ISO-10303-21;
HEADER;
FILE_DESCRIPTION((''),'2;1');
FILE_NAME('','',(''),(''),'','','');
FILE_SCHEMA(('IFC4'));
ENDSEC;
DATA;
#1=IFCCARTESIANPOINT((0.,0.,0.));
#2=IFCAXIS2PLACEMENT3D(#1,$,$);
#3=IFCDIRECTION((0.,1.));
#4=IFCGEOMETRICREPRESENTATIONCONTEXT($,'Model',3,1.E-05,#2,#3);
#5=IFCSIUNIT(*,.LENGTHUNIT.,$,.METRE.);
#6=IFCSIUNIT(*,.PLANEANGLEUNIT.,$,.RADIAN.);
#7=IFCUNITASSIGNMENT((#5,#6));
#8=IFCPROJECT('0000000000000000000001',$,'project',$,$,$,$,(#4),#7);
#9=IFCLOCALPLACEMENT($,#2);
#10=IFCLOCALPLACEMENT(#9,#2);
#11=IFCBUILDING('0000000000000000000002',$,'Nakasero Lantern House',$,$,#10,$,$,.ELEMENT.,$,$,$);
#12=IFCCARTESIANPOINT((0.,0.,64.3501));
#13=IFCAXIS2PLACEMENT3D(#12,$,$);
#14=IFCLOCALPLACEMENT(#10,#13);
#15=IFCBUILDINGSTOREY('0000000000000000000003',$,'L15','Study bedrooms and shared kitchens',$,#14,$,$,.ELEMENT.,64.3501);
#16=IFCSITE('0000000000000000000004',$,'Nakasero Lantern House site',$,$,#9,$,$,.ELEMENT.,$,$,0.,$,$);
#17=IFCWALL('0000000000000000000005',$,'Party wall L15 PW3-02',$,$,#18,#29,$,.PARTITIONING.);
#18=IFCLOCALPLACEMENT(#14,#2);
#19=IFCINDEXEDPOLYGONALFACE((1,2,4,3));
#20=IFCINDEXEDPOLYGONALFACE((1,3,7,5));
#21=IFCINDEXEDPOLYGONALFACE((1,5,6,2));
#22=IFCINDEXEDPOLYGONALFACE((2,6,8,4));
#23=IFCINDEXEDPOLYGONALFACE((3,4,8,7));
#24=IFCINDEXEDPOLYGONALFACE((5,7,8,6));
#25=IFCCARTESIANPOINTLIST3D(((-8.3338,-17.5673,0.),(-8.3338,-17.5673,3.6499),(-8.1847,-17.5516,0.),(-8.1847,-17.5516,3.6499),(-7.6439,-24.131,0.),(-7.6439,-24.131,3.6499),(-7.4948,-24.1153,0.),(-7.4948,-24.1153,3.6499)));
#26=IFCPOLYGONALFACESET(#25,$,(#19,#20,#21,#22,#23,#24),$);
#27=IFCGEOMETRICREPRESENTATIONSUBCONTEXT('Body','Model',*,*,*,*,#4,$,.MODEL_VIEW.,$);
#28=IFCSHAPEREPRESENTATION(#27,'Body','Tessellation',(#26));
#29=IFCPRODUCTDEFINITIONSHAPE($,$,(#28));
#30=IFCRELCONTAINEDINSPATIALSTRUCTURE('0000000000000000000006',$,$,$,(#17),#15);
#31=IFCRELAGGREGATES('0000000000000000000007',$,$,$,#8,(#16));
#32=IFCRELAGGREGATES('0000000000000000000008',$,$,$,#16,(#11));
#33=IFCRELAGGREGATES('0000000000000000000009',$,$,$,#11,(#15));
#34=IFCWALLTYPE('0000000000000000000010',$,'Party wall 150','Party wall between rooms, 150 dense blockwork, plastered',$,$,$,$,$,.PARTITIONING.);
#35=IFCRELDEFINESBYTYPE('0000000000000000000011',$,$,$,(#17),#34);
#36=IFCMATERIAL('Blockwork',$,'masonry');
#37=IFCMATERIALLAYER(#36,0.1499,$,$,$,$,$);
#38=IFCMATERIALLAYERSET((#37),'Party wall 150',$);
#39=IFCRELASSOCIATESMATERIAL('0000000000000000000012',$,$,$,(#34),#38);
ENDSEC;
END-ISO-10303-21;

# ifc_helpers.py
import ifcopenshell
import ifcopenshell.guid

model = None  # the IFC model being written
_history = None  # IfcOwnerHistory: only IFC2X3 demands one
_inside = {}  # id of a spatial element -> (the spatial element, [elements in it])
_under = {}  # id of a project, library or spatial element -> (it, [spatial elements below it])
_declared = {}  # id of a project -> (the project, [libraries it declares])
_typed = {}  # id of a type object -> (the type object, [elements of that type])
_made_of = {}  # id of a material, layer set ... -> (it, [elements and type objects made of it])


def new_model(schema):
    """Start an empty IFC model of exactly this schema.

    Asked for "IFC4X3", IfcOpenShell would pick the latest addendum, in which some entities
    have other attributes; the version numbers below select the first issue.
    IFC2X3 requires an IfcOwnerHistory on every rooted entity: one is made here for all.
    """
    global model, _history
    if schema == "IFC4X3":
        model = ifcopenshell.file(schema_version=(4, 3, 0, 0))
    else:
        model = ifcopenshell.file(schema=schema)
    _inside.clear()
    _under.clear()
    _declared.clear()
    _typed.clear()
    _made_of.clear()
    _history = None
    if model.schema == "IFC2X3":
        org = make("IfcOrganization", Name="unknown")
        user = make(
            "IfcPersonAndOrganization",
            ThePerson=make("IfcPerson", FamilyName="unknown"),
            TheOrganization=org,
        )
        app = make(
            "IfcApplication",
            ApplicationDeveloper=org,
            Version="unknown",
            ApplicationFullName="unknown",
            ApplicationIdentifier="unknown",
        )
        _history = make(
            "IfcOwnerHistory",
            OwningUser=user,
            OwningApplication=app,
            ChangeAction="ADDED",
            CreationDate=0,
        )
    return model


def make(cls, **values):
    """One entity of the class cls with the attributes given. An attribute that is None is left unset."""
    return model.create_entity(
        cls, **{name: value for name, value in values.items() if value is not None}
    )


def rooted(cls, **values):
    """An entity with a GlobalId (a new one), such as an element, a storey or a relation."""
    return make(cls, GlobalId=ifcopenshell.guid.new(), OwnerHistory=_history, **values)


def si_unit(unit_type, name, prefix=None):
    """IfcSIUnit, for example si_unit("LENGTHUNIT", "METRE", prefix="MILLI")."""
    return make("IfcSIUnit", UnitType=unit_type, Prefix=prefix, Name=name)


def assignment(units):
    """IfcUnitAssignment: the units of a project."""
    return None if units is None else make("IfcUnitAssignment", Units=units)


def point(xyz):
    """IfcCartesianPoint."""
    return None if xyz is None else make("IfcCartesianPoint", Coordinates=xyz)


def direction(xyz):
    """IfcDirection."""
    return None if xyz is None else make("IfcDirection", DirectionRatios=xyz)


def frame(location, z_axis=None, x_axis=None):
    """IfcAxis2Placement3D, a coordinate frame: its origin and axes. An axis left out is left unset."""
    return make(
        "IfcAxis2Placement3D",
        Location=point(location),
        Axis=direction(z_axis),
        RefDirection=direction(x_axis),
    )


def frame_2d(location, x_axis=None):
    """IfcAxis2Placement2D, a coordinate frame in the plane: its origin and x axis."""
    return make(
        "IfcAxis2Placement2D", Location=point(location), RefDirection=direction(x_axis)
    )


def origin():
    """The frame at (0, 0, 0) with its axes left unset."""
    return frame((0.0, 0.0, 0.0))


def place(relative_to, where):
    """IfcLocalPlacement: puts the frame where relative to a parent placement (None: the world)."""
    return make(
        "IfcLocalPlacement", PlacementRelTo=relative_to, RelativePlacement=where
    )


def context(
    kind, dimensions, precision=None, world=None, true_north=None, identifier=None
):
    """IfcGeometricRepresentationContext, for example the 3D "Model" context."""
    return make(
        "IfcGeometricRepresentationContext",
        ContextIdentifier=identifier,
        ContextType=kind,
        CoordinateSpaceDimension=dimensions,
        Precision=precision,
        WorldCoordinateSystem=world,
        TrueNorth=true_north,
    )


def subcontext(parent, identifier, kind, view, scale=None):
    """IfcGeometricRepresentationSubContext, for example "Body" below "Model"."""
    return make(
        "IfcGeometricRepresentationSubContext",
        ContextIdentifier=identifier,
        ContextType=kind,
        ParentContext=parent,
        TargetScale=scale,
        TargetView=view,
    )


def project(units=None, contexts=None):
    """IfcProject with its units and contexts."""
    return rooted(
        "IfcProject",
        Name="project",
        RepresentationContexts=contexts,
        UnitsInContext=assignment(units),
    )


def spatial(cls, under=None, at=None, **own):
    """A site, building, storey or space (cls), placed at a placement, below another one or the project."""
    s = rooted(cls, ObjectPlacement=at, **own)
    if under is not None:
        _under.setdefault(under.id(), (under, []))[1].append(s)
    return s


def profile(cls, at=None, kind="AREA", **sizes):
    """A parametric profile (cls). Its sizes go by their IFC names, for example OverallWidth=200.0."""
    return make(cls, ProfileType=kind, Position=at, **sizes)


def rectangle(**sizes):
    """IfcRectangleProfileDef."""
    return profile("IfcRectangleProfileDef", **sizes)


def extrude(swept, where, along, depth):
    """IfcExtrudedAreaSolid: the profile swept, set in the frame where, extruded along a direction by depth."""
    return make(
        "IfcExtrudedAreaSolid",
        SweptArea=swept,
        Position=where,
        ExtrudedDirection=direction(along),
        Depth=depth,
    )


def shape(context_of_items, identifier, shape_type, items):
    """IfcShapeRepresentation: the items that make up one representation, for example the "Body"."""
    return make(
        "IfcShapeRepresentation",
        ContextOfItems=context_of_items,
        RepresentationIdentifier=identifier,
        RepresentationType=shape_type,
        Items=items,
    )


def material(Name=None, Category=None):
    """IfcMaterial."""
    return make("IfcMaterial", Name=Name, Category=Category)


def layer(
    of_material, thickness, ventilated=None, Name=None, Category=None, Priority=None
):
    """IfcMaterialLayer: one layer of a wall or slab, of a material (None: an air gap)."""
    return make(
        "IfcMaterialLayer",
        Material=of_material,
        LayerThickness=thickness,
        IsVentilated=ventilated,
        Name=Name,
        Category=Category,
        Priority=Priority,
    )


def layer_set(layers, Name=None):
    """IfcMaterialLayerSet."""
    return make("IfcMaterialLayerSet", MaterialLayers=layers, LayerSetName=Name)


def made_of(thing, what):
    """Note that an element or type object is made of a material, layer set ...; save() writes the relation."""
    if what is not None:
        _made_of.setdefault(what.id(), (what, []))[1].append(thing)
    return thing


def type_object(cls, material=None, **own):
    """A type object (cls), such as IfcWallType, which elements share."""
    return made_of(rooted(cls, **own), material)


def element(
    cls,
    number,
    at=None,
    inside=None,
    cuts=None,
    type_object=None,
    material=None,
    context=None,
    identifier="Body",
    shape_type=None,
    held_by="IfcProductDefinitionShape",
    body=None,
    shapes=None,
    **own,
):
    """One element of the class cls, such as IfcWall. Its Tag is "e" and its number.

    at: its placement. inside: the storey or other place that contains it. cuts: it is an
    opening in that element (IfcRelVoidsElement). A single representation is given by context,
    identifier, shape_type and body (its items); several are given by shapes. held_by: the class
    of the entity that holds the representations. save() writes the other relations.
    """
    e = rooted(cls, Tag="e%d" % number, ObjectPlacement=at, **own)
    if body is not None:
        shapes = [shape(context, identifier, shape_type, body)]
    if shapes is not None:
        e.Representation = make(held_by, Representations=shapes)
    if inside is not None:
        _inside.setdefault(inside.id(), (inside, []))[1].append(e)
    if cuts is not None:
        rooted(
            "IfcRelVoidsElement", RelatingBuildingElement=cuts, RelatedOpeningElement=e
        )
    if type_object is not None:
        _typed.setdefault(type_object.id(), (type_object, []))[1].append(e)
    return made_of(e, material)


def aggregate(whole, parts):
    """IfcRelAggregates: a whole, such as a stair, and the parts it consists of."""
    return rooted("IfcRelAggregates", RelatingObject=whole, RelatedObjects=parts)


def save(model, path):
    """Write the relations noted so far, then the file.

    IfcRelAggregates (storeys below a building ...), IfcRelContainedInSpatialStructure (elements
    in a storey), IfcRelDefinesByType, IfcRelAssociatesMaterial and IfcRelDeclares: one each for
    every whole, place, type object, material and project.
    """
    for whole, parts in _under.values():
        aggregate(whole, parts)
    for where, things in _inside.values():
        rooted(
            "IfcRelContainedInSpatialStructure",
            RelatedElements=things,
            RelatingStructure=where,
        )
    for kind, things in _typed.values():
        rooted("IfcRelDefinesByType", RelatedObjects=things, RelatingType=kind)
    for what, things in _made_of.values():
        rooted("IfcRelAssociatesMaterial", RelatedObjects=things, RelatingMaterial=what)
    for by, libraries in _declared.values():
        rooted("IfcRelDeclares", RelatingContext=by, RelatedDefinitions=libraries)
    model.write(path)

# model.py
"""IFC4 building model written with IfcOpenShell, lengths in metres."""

from ifc_helpers import new_model, si_unit, direction, frame, frame_2d, origin, place, context, subcontext, project, spatial, rectangle, extrude, material, layer, layer_set, type_object, element, save


model = new_model("IFC4")

# Units and contexts
model_context = context("Model", 3, precision=1e-05, world=origin(), true_north=direction((0.0, 1.0)))
body_context = subcontext(model_context, "Body", "Model", "MODEL_VIEW")
ifc_project = project(units=[si_unit("LENGTHUNIT", "METRE"), si_unit("PLANEANGLEUNIT", "RADIAN")], contexts=[model_context])

# Site, building, storey
site_placement = place(None, origin())
site = spatial("IfcSite", under=ifc_project, at=site_placement, Name="Nakasero Lantern House site", CompositionType="ELEMENT", RefElevation=0.0)
building_placement = place(site_placement, origin())
building = spatial("IfcBuilding", under=site, at=building_placement, Name="Nakasero Lantern House", CompositionType="ELEMENT")
storey_placement = place(building_placement, frame((0.0, 0.0, 64.3501)))
storey = spatial("IfcBuildingStorey", under=building, at=storey_placement, Name="L15", Description="Study bedrooms and shared kitchens", CompositionType="ELEMENT", Elevation=64.3501)

# Wall
ifc_material_1 = material(Name="Blockwork", Category="masonry")
ifc_layer_1 = layer(ifc_material_1, 0.1499)
ifc_layer_set_1 = layer_set([ifc_layer_1], Name="Party wall 150")
wall_type_1 = type_object("IfcWallType", Name="Party wall 150", Description="Party wall between rooms, 150 dense blockwork, plastered", PredefinedType="PARTITIONING", material=ifc_layer_set_1)
wall_1_placement = place(storey_placement, frame((-8.2593, -17.5596, 0.0), z_axis=(0.0, 0.0, 1.0), x_axis=(0.104538, -0.994521, 0.0)))
element("IfcWall", 1, at=wall_1_placement, inside=storey, type_object=wall_type_1, Name="Party wall L15 PW3-02", PredefinedType="PARTITIONING", context=body_context, shape_type="SweptSolid", body=[
    extrude(rectangle(XDim=6.5999, YDim=0.1499, at=frame_2d((3.2998, 0.0))), origin(), (0.0, 0.0, 1.0), 3.6499),
])

save(model, "model.ifc")
